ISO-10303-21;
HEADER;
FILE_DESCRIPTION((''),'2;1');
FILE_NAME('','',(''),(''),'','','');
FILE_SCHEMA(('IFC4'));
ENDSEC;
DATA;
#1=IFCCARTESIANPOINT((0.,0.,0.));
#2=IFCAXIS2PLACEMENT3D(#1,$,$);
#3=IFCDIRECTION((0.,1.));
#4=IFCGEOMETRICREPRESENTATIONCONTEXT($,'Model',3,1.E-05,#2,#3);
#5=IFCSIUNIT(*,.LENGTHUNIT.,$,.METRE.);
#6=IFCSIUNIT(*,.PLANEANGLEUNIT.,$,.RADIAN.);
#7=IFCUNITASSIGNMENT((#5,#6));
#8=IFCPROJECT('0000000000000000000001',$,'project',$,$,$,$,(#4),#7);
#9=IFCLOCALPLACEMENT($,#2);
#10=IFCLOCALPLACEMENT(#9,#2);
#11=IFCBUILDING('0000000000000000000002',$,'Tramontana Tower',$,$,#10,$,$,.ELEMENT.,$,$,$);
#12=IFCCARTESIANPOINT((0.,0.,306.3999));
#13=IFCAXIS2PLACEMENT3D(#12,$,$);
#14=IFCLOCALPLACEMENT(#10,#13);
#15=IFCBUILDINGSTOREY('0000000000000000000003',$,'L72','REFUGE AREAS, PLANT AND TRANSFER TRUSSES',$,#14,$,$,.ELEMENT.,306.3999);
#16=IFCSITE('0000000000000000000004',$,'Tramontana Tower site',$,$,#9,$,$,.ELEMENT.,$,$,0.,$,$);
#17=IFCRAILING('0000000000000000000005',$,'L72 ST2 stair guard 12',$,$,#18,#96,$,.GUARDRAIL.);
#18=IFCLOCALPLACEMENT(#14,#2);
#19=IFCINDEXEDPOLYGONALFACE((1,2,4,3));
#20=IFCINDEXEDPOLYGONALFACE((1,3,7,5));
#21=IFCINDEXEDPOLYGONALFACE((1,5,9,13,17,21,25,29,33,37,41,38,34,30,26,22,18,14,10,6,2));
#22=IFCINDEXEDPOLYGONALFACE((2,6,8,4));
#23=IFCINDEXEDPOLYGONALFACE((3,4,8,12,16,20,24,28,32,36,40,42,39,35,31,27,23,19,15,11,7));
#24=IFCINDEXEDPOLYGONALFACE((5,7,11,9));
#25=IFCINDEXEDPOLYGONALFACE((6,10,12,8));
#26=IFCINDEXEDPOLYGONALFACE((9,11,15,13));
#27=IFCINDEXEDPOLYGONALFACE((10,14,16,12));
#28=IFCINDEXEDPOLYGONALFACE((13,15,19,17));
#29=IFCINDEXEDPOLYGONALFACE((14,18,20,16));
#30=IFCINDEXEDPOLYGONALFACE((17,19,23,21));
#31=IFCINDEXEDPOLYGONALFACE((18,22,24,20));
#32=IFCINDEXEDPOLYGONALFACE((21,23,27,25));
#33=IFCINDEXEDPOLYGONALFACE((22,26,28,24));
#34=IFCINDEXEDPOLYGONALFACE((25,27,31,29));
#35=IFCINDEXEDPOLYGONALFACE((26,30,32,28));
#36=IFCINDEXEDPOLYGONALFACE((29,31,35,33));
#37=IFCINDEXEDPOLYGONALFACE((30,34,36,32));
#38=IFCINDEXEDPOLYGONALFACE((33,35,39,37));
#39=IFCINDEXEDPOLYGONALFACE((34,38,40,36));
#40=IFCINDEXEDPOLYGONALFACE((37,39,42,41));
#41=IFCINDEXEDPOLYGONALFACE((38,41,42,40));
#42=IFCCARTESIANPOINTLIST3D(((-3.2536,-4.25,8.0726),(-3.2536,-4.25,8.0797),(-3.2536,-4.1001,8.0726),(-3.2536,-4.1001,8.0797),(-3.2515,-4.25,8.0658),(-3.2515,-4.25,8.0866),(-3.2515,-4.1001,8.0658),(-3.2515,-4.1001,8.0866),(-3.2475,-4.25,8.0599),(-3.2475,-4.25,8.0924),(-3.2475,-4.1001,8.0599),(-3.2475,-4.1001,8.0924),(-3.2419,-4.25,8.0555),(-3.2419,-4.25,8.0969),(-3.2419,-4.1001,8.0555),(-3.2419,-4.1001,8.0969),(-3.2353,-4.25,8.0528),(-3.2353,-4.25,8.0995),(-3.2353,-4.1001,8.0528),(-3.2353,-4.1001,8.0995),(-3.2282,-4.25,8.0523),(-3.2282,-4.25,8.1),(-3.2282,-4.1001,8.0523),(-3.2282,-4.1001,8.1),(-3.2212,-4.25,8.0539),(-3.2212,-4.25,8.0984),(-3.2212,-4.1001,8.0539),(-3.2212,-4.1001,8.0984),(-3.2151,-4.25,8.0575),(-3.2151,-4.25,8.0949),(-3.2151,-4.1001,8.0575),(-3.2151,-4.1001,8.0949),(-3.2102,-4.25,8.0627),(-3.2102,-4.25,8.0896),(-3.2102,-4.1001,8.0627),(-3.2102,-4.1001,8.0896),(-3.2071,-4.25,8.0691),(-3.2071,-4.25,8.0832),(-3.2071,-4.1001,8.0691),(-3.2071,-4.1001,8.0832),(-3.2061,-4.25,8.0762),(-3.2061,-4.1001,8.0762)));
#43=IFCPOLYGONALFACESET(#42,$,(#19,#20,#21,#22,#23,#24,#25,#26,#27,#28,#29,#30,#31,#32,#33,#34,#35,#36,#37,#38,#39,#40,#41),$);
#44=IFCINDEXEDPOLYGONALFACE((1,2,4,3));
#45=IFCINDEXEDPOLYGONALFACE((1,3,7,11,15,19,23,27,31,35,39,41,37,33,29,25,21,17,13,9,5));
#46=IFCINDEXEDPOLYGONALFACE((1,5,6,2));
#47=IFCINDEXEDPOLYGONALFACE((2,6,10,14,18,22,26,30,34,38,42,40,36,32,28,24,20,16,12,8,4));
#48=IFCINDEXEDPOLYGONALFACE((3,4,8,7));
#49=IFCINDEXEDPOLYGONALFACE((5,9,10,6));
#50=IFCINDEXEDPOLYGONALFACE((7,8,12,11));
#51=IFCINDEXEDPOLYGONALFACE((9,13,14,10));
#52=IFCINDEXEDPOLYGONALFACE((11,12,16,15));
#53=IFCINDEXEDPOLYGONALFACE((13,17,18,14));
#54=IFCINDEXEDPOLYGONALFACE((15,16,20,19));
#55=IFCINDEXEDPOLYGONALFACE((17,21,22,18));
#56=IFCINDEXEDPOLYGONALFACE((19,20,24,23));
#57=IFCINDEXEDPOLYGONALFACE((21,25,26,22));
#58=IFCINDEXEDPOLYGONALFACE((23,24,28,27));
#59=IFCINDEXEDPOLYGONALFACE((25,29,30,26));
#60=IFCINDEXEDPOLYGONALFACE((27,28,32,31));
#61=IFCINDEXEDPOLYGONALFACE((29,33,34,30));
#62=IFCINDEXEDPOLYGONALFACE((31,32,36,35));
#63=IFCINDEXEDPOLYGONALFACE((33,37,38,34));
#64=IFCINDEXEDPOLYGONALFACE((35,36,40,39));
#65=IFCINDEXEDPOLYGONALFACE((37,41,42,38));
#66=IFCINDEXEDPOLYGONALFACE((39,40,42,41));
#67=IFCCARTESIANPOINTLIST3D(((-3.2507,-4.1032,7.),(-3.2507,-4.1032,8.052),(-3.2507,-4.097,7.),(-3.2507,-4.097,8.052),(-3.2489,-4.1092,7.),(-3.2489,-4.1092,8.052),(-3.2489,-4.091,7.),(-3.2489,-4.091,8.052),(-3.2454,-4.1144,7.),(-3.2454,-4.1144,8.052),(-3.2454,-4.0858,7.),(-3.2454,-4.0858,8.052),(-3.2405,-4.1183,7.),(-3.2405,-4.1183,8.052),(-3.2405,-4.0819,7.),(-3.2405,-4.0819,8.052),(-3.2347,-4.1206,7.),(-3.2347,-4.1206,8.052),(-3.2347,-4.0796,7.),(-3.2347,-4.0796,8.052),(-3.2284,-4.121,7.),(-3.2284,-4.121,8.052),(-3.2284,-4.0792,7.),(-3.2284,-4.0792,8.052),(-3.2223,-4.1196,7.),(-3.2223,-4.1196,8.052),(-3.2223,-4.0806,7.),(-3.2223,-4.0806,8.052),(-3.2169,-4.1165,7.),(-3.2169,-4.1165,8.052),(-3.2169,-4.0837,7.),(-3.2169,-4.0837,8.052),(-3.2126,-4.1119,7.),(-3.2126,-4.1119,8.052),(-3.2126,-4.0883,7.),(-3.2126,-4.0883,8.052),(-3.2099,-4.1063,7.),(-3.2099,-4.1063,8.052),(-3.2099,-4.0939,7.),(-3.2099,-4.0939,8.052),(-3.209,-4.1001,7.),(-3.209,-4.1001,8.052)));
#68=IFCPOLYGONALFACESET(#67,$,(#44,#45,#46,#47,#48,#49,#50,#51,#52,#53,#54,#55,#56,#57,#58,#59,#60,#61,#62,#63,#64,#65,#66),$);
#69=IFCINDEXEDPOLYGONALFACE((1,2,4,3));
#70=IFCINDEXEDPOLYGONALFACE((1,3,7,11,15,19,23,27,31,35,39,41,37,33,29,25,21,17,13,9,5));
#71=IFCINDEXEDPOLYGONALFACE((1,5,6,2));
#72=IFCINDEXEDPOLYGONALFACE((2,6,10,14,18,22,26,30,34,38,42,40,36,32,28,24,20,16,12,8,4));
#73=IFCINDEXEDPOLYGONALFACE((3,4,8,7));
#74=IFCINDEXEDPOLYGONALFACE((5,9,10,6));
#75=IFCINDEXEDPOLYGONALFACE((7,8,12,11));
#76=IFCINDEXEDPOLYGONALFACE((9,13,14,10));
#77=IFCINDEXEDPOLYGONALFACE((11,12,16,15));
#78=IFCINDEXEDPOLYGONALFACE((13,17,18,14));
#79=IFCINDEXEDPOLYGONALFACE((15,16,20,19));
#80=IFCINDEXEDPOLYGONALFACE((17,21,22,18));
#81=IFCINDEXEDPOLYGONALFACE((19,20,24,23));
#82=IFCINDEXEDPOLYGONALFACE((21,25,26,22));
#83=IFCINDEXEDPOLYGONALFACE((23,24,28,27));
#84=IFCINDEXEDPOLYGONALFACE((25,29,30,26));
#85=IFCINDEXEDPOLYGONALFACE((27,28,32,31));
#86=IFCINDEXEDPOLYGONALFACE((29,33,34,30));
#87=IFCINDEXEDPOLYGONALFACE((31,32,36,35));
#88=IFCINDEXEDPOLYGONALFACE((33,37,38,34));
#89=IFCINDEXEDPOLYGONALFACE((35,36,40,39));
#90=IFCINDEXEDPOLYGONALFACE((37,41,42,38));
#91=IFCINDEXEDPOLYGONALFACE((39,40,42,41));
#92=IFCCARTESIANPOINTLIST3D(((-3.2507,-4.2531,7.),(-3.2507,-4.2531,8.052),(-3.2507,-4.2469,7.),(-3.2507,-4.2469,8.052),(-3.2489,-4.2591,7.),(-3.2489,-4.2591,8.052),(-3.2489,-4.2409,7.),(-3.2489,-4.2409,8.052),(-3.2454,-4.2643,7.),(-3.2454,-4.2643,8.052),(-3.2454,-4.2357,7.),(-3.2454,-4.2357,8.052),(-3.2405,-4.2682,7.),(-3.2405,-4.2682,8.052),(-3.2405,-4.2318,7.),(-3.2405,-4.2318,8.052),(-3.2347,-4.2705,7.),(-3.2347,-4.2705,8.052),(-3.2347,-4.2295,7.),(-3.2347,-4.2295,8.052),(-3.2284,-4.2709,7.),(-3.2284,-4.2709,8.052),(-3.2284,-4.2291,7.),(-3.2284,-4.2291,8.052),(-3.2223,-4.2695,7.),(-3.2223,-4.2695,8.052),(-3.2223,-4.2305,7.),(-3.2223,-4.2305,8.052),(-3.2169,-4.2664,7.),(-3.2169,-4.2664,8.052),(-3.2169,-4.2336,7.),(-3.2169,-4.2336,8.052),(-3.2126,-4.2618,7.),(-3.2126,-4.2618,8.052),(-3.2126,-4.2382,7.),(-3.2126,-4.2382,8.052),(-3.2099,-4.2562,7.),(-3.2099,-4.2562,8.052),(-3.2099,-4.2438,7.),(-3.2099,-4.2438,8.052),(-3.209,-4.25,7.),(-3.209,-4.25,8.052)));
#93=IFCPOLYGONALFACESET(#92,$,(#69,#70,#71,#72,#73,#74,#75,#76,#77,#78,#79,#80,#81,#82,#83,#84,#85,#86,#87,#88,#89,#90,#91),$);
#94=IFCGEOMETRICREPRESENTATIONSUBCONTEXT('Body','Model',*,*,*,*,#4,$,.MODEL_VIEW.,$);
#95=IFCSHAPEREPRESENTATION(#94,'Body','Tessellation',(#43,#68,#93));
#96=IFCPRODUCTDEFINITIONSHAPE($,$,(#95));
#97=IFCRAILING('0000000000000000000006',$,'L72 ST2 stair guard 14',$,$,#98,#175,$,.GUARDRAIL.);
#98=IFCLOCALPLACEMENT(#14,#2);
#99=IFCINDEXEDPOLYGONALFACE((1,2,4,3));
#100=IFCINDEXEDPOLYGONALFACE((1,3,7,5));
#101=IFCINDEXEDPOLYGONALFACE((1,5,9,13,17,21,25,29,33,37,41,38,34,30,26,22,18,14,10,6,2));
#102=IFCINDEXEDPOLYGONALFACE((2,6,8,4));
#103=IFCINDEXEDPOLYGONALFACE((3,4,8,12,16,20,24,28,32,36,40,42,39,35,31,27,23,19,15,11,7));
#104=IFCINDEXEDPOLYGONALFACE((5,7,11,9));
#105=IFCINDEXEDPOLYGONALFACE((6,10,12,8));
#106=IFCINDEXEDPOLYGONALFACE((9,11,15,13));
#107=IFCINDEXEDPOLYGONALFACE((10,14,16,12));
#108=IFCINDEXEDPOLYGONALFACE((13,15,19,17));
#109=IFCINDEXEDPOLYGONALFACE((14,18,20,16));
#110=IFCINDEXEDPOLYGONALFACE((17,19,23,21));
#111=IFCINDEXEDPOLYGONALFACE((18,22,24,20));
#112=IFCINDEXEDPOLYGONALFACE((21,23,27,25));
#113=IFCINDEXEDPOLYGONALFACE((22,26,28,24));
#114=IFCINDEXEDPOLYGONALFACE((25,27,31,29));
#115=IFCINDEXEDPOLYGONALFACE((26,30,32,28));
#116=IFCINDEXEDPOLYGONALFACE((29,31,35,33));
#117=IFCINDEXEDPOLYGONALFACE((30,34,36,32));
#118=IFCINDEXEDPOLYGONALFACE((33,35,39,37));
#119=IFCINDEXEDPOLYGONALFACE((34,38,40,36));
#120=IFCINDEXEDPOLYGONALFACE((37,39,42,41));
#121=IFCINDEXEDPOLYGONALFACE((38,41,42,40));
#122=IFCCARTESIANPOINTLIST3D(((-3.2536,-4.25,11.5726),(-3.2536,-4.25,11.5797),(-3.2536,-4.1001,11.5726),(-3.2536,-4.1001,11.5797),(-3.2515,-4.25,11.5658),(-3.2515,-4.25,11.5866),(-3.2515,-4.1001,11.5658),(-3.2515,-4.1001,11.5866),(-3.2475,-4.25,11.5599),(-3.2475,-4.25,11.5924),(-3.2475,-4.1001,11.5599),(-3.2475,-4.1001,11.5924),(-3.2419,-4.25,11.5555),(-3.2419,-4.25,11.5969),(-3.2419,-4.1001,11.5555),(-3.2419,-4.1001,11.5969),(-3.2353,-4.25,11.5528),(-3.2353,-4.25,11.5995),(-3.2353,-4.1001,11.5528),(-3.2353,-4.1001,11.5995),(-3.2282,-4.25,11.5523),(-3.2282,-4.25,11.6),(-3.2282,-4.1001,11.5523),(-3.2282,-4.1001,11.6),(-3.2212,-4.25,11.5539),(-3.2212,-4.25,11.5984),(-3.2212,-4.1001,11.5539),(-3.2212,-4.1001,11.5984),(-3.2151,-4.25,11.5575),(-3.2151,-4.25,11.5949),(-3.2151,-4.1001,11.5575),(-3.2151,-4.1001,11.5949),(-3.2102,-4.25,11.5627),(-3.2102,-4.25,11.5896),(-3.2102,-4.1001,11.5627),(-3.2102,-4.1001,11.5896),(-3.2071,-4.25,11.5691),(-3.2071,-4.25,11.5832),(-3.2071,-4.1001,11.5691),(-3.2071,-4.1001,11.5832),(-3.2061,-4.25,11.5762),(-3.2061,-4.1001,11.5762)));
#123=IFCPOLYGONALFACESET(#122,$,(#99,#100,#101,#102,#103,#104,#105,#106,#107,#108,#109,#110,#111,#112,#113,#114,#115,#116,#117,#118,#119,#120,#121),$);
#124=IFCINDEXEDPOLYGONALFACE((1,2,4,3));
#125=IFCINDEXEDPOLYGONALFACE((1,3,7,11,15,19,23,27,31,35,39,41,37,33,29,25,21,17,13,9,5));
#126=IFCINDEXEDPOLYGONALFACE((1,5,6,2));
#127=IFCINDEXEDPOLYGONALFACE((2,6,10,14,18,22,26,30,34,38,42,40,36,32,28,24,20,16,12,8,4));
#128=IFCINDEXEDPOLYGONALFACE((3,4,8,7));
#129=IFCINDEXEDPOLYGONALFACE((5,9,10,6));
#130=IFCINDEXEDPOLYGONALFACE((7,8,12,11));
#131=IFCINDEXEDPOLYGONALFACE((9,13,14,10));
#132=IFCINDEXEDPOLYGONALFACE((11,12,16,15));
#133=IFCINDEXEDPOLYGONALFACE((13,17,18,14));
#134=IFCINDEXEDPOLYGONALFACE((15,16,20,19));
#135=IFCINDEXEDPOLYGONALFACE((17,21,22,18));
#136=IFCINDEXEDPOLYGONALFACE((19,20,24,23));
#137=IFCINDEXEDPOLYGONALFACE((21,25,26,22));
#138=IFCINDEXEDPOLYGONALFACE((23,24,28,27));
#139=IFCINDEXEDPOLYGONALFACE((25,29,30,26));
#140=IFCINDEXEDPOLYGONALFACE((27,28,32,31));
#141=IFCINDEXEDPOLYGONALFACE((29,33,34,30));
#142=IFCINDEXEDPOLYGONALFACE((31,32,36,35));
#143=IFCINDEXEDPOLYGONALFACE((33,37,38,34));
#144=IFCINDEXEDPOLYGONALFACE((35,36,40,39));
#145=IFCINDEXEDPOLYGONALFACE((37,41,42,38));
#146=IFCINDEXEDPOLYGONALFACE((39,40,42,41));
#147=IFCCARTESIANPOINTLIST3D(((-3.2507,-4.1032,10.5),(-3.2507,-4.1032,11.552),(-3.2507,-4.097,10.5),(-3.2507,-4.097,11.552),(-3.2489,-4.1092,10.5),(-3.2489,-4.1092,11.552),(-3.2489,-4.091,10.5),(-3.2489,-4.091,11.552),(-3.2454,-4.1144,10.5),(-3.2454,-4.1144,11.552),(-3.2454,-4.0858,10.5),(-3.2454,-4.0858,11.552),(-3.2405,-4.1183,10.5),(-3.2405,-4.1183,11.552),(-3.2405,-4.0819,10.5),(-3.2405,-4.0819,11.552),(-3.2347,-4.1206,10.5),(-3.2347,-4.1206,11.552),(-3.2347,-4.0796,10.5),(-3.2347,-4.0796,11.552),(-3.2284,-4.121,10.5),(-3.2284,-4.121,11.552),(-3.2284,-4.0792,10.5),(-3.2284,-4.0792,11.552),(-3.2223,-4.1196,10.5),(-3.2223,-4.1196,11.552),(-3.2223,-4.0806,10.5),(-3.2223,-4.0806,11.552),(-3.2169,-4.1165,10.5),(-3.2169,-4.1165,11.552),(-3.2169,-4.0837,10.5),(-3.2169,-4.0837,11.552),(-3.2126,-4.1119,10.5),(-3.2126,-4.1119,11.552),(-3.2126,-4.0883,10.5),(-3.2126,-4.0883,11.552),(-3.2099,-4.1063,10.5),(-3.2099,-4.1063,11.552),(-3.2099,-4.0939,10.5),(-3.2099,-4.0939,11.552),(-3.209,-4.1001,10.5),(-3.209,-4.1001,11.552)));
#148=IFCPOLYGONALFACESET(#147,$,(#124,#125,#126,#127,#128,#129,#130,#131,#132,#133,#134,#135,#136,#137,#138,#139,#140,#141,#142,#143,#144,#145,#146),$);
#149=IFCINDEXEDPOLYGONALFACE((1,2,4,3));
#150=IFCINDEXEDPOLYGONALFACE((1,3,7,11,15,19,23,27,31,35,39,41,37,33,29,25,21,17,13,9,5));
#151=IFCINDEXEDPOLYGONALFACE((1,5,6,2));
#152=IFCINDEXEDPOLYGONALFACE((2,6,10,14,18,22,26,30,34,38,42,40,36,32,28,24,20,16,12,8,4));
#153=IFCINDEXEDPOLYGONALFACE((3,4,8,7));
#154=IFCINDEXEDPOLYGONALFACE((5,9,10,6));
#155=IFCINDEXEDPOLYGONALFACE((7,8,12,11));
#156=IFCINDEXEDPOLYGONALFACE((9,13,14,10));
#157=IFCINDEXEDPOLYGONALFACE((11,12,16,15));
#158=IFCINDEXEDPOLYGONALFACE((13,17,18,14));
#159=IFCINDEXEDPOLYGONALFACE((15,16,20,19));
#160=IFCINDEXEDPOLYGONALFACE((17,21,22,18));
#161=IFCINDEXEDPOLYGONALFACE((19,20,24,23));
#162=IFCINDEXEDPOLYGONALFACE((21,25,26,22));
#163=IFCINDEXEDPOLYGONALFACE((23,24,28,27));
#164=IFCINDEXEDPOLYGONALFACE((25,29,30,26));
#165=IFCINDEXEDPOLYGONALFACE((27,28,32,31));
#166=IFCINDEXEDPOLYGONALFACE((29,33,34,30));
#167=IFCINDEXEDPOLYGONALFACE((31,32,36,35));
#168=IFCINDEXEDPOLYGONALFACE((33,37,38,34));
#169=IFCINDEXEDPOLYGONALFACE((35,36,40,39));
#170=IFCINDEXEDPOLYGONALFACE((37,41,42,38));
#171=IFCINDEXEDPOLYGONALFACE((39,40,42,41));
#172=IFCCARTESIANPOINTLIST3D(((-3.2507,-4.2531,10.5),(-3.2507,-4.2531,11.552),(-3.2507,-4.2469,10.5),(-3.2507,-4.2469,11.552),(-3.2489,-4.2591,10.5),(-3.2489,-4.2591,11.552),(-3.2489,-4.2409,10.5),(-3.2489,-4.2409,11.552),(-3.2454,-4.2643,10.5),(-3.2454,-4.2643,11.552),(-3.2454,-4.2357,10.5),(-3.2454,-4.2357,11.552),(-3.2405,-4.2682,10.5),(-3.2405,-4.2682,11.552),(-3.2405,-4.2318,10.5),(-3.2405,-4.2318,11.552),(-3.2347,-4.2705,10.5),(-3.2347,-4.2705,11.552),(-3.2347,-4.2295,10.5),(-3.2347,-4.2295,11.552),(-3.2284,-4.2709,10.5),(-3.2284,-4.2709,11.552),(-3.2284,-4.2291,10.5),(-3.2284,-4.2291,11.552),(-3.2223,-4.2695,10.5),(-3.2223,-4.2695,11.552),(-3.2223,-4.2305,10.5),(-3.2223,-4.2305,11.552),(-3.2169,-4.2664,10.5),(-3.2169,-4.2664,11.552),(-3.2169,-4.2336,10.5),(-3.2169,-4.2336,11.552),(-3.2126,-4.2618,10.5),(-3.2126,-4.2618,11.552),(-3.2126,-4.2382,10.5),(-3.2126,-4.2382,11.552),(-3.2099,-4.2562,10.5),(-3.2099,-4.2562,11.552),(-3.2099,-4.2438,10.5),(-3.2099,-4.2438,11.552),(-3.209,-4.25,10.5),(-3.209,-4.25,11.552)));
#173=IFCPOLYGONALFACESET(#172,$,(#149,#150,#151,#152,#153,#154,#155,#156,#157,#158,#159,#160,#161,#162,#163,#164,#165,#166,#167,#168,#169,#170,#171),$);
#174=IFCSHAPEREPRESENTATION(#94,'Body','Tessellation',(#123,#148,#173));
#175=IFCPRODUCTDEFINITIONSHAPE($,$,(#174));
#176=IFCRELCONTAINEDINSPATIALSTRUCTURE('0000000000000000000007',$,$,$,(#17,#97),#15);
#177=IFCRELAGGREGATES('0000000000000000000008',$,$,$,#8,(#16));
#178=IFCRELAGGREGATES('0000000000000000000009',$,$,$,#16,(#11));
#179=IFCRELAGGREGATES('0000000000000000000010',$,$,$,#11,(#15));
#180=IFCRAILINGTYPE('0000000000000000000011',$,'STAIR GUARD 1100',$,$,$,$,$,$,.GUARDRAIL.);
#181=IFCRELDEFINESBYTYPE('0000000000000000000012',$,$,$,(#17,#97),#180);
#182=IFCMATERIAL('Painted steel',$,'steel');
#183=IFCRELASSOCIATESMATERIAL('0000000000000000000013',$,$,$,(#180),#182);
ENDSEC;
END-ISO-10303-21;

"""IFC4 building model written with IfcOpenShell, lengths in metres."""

from ifc_helpers import new_model, si_unit, direction, frame, origin, origin_2d, place, context, subcontext, project, spatial, circle, extrude, material, type_object, element, save


model = new_model("IFC4")

# Units and contexts
model_context = context("Model", 3, precision=1e-05, world=origin(), true_north=direction((0.0, 1.0)))
body_context = subcontext(model_context, "Body", "Model", "MODEL_VIEW")
ifc_project = project(units=[si_unit("LENGTHUNIT", "METRE"), si_unit("PLANEANGLEUNIT", "RADIAN")], contexts=[model_context])

# Site, building, storey
site_placement = place(None, origin())
site = spatial("IfcSite", under=ifc_project, at=site_placement, Name="Tramontana Tower site", CompositionType="ELEMENT", RefElevation=0.0)
building_placement = place(site_placement, origin())
building = spatial("IfcBuilding", under=site, at=building_placement, Name="Tramontana Tower", CompositionType="ELEMENT")
storey_placement = place(building_placement, frame((0.0, 0.0, 306.3999)))
storey = spatial("IfcBuildingStorey", under=building, at=storey_placement, Name="L72", Description="REFUGE AREAS, PLANT AND TRANSFER TRUSSES", CompositionType="ELEMENT", Elevation=306.3999)

# Railings
ifc_material_1 = material(Name="Painted steel", Category="steel")
railing_type_1 = type_object("IfcRailingType", Name="STAIR GUARD 1100", PredefinedType="GUARDRAIL", material=ifc_material_1)
for number, where, name in (
    (1, (-3.23, -4.1001, 7.0), "L72 ST2 stair guard 12"),
    (2, (-3.23, -4.1001, 10.5), "L72 ST2 stair guard 14"),
):
    element("IfcRailing", number, at=place(storey_placement, frame(where)), inside=storey, type_object=railing_type_1, Name=name, PredefinedType="GUARDRAIL", context=body_context, shape_type="SweptSolid", body=[
        extrude(circle(Radius=0.0239, at=origin_2d()), frame((0.0, 0.0, 1.0762), z_axis=(0.0, -1.0, 0.0), x_axis=(1.0, 0.0, 0.0)), (0.0, 0.0, 1.0), 0.1499),
        extrude(circle(Radius=0.021, at=origin_2d()), origin(), (0.0, 0.0, 1.0), 1.052),
        extrude(circle(Radius=0.021, at=origin_2d()), frame((0.0, -0.1499, 0.0)), (0.0, 0.0, 1.0), 1.052),
    ])

save(model, "model.ifc")
